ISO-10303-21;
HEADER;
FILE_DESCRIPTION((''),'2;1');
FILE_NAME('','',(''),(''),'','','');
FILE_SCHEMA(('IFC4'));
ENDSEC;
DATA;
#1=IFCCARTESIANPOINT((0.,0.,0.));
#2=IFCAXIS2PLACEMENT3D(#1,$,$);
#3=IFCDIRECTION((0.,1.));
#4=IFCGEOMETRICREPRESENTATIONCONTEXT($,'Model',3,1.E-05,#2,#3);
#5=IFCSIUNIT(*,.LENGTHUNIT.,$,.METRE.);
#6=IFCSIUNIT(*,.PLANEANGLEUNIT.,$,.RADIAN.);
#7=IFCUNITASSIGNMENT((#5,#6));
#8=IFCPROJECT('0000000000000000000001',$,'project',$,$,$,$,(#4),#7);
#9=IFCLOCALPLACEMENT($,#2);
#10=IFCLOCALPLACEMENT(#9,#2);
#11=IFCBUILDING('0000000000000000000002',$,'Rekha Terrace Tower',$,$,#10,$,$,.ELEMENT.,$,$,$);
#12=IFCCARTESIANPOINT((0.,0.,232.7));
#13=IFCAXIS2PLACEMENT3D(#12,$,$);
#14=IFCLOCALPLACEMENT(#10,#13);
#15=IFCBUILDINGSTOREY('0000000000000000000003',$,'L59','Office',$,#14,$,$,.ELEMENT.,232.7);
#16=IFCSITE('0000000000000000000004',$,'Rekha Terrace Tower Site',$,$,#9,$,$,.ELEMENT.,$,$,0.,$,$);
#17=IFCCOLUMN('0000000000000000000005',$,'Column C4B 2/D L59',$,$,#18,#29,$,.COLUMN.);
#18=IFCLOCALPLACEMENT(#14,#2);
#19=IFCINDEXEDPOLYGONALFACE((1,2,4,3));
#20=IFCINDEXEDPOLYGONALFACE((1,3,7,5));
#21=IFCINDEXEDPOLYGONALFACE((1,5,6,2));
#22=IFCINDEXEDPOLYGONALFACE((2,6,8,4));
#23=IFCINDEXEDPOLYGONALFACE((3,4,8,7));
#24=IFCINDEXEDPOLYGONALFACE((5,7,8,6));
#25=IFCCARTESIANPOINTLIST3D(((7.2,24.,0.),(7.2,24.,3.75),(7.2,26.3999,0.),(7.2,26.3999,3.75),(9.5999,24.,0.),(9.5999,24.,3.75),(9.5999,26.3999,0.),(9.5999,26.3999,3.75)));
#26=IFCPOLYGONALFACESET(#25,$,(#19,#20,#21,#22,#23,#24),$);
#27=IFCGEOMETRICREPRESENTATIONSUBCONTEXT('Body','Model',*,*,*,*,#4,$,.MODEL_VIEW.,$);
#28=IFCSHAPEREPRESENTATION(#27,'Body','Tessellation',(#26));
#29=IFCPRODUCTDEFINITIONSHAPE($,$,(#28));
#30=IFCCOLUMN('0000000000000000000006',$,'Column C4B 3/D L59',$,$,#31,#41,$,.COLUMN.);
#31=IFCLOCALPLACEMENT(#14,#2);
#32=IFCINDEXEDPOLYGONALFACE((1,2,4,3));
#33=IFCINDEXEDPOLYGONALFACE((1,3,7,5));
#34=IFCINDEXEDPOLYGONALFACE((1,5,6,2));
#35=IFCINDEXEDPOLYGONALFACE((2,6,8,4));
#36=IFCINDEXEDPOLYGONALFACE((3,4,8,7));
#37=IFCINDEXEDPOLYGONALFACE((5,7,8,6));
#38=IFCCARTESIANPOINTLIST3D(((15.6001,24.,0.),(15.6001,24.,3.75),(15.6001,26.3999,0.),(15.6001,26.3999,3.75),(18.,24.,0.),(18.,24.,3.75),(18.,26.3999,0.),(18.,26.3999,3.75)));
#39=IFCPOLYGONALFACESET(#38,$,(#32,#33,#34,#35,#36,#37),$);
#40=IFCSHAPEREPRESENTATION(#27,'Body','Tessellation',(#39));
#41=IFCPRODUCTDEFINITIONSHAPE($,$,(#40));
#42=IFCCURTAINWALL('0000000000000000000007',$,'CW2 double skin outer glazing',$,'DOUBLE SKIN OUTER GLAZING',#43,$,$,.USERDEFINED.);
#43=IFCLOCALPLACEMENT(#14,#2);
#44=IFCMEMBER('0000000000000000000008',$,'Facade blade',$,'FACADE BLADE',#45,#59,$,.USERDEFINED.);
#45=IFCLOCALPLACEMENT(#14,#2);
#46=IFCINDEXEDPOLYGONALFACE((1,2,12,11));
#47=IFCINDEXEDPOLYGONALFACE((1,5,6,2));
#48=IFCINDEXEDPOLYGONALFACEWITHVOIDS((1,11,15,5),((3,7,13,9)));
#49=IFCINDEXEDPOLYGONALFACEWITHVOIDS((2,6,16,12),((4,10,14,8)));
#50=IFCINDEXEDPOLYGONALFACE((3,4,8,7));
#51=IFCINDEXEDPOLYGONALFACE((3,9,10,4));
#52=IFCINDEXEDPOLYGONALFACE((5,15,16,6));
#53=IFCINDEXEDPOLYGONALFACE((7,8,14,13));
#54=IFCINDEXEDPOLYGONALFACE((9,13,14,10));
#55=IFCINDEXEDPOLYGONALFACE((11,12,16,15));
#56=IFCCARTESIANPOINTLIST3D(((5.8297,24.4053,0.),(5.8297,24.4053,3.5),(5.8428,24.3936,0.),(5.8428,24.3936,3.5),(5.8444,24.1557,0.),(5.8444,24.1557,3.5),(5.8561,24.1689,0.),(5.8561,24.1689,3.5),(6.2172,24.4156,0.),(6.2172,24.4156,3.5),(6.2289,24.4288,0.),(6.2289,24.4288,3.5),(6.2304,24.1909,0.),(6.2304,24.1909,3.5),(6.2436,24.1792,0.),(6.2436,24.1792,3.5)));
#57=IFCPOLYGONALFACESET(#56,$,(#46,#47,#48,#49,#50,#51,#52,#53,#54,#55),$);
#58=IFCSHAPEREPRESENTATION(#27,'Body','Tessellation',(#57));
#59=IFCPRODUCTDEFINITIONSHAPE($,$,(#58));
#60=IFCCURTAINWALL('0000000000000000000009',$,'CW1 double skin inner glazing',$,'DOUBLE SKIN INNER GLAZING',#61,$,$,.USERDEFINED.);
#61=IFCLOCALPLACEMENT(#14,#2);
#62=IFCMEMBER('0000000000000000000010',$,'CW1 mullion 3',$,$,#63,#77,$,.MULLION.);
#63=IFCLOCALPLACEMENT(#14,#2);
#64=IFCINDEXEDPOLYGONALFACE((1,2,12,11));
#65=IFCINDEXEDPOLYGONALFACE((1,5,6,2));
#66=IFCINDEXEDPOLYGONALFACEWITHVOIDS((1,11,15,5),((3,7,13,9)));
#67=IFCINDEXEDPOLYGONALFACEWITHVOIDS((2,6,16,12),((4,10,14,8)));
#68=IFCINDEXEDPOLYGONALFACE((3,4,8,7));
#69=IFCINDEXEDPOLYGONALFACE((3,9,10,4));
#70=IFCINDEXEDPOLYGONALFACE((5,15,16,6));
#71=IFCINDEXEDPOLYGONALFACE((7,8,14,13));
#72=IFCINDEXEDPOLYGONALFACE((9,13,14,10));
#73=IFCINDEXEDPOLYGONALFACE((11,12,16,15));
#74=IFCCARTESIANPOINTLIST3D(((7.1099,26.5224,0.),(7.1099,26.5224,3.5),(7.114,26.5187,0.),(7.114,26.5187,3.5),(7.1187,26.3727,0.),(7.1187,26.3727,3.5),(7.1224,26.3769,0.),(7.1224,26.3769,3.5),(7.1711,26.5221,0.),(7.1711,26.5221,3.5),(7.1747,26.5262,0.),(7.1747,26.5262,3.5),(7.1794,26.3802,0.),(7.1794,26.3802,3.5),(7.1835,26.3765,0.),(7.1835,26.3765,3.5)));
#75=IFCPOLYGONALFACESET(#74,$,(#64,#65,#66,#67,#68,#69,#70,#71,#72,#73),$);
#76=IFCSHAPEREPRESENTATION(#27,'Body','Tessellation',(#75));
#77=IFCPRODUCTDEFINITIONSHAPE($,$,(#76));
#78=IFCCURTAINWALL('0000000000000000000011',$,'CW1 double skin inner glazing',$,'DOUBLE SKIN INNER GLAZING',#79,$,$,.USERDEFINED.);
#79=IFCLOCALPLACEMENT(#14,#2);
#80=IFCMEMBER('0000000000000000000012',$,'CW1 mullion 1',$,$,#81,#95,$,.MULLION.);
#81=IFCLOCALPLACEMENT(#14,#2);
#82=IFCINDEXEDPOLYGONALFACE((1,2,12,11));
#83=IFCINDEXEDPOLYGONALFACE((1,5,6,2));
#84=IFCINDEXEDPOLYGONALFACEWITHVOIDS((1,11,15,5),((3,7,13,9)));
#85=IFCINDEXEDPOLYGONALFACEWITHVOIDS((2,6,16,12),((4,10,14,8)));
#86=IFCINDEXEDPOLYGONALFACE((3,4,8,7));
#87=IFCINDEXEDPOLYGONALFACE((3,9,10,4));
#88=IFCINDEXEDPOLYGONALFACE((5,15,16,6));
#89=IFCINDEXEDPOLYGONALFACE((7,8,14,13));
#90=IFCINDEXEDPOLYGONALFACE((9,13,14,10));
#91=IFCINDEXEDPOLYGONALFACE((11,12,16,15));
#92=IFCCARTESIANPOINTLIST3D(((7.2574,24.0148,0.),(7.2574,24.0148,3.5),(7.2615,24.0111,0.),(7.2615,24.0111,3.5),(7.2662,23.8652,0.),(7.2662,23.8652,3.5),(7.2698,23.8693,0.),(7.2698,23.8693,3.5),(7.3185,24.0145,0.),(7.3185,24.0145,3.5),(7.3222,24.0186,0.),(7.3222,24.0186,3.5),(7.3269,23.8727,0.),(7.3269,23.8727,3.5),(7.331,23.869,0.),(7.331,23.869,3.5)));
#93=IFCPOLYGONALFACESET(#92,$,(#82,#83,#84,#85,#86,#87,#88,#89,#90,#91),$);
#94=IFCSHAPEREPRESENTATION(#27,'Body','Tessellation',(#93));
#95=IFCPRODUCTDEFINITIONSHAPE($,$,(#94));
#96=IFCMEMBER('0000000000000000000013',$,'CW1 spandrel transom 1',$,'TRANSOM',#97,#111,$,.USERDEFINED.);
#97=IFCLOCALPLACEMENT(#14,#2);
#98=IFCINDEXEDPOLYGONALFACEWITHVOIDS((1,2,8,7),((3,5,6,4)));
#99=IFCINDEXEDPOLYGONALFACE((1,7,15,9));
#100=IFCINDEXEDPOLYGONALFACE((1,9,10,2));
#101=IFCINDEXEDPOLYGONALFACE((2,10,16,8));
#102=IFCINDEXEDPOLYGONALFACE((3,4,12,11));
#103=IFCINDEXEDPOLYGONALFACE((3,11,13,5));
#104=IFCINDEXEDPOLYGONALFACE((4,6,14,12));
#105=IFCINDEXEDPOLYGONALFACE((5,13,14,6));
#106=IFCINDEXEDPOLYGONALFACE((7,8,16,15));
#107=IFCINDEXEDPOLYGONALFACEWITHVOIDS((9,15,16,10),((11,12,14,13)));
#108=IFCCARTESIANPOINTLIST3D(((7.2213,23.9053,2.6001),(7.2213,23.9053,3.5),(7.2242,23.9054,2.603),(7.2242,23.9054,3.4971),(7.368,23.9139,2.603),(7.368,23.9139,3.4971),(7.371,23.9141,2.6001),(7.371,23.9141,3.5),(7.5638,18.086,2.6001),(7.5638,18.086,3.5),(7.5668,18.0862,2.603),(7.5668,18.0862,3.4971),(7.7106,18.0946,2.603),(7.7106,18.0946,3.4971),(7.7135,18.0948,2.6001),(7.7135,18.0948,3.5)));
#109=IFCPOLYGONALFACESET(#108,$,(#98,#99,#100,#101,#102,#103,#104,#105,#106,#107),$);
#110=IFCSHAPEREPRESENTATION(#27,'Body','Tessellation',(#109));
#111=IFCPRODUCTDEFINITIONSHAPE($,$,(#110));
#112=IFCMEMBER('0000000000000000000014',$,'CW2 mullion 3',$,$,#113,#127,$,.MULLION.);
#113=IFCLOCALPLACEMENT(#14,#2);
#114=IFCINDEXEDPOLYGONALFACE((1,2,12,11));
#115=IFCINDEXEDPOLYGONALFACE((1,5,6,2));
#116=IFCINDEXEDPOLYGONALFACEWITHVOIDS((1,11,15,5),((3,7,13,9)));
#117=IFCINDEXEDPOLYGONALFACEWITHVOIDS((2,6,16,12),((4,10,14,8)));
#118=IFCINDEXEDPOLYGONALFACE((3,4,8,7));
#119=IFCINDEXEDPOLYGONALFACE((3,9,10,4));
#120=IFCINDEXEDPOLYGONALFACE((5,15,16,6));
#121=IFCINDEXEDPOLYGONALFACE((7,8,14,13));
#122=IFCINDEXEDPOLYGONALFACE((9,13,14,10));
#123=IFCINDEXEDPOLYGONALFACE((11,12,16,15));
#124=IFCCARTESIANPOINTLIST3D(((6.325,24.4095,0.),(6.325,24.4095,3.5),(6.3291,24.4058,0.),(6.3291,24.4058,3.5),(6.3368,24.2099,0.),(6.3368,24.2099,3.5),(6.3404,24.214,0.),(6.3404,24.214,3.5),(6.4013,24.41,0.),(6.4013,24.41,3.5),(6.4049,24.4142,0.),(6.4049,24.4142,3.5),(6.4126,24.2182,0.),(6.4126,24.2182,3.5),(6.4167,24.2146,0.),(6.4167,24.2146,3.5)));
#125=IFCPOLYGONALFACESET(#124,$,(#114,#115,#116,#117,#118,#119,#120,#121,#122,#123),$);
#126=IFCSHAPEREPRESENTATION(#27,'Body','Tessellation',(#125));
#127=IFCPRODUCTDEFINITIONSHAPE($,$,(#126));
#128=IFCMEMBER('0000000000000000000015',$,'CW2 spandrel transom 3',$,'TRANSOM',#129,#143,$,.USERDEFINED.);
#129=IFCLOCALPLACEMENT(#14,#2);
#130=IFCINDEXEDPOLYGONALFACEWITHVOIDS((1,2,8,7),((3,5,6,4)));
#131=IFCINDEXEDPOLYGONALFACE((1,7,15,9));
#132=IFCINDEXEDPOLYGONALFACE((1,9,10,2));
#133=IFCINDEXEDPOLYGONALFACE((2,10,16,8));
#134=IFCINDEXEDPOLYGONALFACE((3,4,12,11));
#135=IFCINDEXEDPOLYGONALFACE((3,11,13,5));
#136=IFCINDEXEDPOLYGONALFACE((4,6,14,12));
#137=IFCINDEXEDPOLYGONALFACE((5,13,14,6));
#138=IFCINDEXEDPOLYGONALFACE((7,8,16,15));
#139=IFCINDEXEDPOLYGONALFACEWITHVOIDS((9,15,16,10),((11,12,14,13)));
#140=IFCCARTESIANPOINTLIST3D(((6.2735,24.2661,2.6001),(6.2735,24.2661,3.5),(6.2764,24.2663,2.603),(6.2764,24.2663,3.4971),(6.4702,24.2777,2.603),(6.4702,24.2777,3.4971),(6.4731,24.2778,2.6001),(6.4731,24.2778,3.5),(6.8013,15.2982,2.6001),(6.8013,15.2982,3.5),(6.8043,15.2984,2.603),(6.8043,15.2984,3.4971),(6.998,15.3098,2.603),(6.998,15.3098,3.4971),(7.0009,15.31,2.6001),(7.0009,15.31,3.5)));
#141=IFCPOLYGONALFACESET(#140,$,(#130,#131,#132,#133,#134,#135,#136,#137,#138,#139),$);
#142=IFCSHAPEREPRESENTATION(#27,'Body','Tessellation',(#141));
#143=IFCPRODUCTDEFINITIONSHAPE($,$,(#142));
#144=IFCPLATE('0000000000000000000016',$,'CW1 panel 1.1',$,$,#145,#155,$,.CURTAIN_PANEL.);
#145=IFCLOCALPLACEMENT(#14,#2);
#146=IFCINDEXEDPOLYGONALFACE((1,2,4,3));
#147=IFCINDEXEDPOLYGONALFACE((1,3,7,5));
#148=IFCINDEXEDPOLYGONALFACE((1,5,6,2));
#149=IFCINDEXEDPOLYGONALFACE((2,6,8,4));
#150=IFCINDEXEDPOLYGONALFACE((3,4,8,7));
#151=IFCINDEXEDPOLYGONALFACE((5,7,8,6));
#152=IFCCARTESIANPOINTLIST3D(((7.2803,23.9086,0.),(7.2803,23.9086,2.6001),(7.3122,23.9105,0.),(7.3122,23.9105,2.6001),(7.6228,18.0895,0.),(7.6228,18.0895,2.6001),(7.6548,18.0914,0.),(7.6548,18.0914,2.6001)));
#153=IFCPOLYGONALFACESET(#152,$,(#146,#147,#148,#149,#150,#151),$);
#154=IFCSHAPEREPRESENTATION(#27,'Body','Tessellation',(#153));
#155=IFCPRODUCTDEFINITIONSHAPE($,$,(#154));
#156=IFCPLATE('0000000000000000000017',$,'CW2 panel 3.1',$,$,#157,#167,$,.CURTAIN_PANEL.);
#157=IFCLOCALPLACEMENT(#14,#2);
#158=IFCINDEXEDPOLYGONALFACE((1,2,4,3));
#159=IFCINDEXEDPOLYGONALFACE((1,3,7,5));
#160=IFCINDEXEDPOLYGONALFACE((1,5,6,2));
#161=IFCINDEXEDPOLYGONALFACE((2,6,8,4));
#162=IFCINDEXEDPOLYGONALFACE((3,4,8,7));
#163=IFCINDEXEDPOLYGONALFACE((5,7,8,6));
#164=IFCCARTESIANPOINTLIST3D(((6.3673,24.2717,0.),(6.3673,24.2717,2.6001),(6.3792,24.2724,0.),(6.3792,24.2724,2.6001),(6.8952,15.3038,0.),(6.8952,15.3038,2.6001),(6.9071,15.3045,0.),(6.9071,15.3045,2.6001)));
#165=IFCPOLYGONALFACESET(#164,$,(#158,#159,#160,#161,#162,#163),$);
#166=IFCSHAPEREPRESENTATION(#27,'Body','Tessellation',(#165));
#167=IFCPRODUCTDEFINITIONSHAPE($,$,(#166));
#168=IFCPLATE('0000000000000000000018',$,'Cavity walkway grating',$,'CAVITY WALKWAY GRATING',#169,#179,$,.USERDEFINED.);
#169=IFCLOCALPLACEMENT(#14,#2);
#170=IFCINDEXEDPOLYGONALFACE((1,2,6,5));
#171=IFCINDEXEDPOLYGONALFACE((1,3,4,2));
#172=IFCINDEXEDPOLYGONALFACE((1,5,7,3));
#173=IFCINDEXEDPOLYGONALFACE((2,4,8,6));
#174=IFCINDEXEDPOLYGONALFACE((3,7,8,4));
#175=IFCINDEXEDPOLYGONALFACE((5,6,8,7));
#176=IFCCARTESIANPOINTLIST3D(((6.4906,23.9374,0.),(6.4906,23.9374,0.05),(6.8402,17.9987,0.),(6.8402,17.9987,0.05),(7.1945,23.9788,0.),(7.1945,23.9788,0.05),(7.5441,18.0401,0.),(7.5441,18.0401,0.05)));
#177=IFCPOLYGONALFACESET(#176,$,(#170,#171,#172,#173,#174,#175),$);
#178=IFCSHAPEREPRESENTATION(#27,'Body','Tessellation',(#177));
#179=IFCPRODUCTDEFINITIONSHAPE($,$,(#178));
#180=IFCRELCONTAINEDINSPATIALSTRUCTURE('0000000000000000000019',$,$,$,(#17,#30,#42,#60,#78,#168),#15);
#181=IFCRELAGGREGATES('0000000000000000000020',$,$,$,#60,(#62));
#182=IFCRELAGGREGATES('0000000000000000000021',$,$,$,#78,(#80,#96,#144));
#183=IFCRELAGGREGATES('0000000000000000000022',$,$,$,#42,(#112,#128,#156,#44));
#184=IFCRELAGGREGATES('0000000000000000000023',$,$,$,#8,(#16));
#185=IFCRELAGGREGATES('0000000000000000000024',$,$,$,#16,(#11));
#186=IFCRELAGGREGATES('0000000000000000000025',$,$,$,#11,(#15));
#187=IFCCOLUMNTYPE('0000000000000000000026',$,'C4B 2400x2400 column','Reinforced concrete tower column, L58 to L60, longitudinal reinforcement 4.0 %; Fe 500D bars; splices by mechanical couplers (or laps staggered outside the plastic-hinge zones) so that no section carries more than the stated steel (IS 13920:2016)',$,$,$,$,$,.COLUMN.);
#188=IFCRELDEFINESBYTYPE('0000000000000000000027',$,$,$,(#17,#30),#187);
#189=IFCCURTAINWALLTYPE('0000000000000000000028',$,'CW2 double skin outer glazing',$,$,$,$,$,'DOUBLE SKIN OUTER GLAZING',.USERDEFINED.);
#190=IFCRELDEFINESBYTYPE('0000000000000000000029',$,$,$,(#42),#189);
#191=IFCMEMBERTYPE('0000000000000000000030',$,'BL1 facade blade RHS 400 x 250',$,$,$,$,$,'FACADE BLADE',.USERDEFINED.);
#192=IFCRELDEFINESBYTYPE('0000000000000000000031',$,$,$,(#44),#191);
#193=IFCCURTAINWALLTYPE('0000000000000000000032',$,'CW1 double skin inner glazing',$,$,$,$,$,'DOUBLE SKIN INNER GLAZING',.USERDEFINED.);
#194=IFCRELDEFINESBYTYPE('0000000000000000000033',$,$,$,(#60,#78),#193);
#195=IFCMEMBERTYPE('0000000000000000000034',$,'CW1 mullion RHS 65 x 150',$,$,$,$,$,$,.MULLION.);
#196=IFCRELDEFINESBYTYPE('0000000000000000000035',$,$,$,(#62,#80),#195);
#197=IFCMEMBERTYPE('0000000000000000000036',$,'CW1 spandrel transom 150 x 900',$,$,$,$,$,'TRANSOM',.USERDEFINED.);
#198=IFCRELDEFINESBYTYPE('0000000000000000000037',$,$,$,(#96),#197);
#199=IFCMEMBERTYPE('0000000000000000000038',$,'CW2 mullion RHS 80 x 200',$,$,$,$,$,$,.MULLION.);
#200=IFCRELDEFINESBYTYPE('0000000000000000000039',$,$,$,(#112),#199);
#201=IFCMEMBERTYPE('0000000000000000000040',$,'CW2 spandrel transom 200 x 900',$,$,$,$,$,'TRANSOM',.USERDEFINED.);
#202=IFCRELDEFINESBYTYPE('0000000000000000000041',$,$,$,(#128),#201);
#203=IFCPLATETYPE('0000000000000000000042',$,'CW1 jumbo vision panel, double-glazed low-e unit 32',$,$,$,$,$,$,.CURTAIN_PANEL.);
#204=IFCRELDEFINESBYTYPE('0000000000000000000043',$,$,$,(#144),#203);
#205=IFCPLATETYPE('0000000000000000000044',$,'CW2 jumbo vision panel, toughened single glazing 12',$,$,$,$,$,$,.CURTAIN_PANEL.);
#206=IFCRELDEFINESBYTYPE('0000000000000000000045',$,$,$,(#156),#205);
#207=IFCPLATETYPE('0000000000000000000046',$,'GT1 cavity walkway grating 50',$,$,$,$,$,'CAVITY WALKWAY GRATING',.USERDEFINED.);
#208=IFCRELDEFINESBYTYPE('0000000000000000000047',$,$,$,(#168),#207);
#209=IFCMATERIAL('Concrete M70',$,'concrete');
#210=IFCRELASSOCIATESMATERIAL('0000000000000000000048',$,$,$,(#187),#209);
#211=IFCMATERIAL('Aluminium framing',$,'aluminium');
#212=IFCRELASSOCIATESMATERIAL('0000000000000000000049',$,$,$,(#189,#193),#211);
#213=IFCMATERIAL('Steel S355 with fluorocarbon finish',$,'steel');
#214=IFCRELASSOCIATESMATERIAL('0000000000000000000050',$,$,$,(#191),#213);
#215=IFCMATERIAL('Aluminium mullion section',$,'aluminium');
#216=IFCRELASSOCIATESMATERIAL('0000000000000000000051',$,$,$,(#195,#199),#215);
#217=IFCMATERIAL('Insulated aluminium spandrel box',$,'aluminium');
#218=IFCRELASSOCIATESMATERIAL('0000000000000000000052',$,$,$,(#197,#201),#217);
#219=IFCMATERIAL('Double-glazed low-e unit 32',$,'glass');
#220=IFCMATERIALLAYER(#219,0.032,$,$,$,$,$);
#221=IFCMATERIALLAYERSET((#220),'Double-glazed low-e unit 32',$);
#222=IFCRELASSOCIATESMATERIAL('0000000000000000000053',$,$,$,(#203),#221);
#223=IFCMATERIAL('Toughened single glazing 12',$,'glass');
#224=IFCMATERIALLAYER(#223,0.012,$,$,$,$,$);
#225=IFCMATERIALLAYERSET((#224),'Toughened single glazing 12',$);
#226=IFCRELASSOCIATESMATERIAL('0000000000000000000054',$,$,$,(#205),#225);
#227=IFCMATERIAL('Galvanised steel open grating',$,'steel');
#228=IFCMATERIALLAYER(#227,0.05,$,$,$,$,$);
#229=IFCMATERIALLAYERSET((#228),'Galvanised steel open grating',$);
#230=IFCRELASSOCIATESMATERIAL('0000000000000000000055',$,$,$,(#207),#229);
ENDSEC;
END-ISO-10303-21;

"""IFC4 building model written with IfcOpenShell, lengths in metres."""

from ifc_helpers import new_model, si_unit, direction, frame, origin, origin_2d, place, context, subcontext, project, spatial, rectangle, hollow_rectangle, extrude, material, layer, layer_set, material_profile, profile_set, type_object, element, aggregate, save


model = new_model("IFC4")

# Units and contexts
model_context = context("Model", 3, precision=1e-05, world=origin(), true_north=direction((0.0, 1.0)))
body_context = subcontext(model_context, "Body", "Model", "MODEL_VIEW")
ifc_project = project(units=[si_unit("LENGTHUNIT", "METRE"), si_unit("PLANEANGLEUNIT", "RADIAN")], contexts=[model_context])

# Site, building, storey
site_placement = place(None, origin())
site = spatial("IfcSite", under=ifc_project, at=site_placement, Name="Rekha Terrace Tower Site", CompositionType="ELEMENT", RefElevation=0.0)
building_placement = place(site_placement, origin())
building = spatial("IfcBuilding", under=site, at=building_placement, Name="Rekha Terrace Tower", CompositionType="ELEMENT")
storey_placement = place(building_placement, frame((0.0, 0.0, 232.7)))
storey = spatial("IfcBuildingStorey", under=building, at=storey_placement, Name="L59", Description="Office", CompositionType="ELEMENT", Elevation=232.7)

# Columns
ifc_material_1 = material(Name="Concrete M70", Category="concrete")
ifc_material_profile_1 = material_profile(ifc_material_1, rectangle(XDim=2.3999, YDim=2.3999, at=origin_2d()), Name="RC 2400x2400")
ifc_profile_set_1 = profile_set([ifc_material_profile_1], Name="Concrete M70")
column_type = type_object("IfcColumnType", Name="C4B 2400x2400 column", Description="Reinforced concrete tower column, L58 to L60, longitudinal reinforcement 4.0 %; Fe 500D bars; splices by mechanical couplers (or laps staggered outside the plastic-hinge zones) so that no section carries more than the stated steel (IS 13920:2016)", PredefinedType="COLUMN", material=ifc_profile_set_1)
for number, where, z_axis, x_axis, name in (
    (1, (8.3999, 25.2, 0.0), (0.0, 0.0, 1.0), (1.0, 0.0, 0.0), "Column C4B 2/D L59"),
    (2, (16.8, 25.2, 0.0), (0.0, 0.0, 1.0), (1.0, 0.0, 0.0), "Column C4B 3/D L59"),
):
    element("IfcColumn", number, at=place(storey_placement, frame(where, z_axis=z_axis, x_axis=x_axis)), inside=storey, type_object=column_type, Name=name, PredefinedType="COLUMN", context=body_context, shape_type="SweptSolid", body=[
        extrude(rectangle(XDim=2.3999, YDim=2.3999, at=origin_2d()), origin(), (0.0, 0.0, 1.0), 3.75),
    ])

# Curtain walls, members
ifc_material_2 = material(Name="Aluminium framing", Category="aluminium")
curtain_wall_type_1 = type_object("IfcCurtainWallType", Name="CW2 double skin outer glazing", ElementType="DOUBLE SKIN OUTER GLAZING", PredefinedType="USERDEFINED", material=ifc_material_2)
curtain_wall_1_placement = place(storey_placement, origin())
curtain_wall_1 = element("IfcCurtainWall", 3, at=curtain_wall_1_placement, inside=storey, type_object=curtain_wall_type_1, Name="CW2 double skin outer glazing", ObjectType="DOUBLE SKIN OUTER GLAZING", PredefinedType="USERDEFINED")
ifc_material_3 = material(Name="Steel S355 with fluorocarbon finish", Category="steel")
ifc_material_profile_2 = material_profile(ifc_material_3, hollow_rectangle(XDim=0.25, YDim=0.3999, WallThickness=0.0125, at=origin_2d()), Name="RHS400x250x12.5")
ifc_profile_set_2 = profile_set([ifc_material_profile_2], Name="Steel S355 with fluorocarbon finish")
member_type_1 = type_object("IfcMemberType", Name="BL1 facade blade RHS 400 x 250", ElementType="FACADE BLADE", PredefinedType="USERDEFINED", material=ifc_profile_set_2)
member_1_placement = place(storey_placement, frame((6.0366, 24.2922, 0.0), z_axis=(0.0, 0.0, 1.0), x_axis=(0.058765, -0.998272, 0.0)))
member_1 = element("IfcMember", 4, at=member_1_placement, type_object=member_type_1, Name="Facade blade", ObjectType="FACADE BLADE", PredefinedType="USERDEFINED", context=body_context, shape_type="SweptSolid", body=[
    extrude(hollow_rectangle(XDim=0.25, YDim=0.3999, WallThickness=0.0125, at=origin_2d()), origin(), (0.0, 0.0, 1.0), 3.5),
])
curtain_wall_type_2 = type_object("IfcCurtainWallType", Name="CW1 double skin inner glazing", ElementType="DOUBLE SKIN INNER GLAZING", PredefinedType="USERDEFINED", material=ifc_material_2)
curtain_wall_2_placement = place(storey_placement, origin())
curtain_wall_2 = element("IfcCurtainWall", 5, at=curtain_wall_2_placement, inside=storey, type_object=curtain_wall_type_2, Name="CW1 double skin inner glazing", ObjectType="DOUBLE SKIN INNER GLAZING", PredefinedType="USERDEFINED")
ifc_material_4 = material(Name="Aluminium mullion section", Category="aluminium")
ifc_material_profile_3 = material_profile(ifc_material_4, hollow_rectangle(XDim=0.0649, YDim=0.1499, WallThickness=0.0039, at=origin_2d()), Name="AL RHS 65x150")
ifc_profile_set_3 = profile_set([ifc_material_profile_3], Name="Aluminium mullion section")
member_type_2 = type_object("IfcMemberType", Name="CW1 mullion RHS 65 x 150", PredefinedType="MULLION", material=ifc_profile_set_3)
member_2_placement = place(storey_placement, frame((7.1467, 26.4495, 0.0), z_axis=(0.0, 0.0, 1.0), x_axis=(0.998272, 0.058765, 0.0)))
member_2 = element("IfcMember", 6, at=member_2_placement, type_object=member_type_2, Name="CW1 mullion 3", PredefinedType="MULLION", context=body_context, shape_type="SweptSolid", body=[
    extrude(hollow_rectangle(XDim=0.0649, YDim=0.1499, WallThickness=0.0039, at=origin_2d()), origin(), (0.0, 0.0, 1.0), 3.5),
])
aggregate(curtain_wall_2, [member_2])

# Curtain wall, members
curtain_wall_3_placement = place(storey_placement, origin())
curtain_wall_3 = element("IfcCurtainWall", 7, at=curtain_wall_3_placement, inside=storey, type_object=curtain_wall_type_2, Name="CW1 double skin inner glazing", ObjectType="DOUBLE SKIN INNER GLAZING", PredefinedType="USERDEFINED")
member_3_placement = place(storey_placement, frame((7.2942, 23.9419, 0.0), z_axis=(0.0, 0.0, 1.0), x_axis=(0.998272, 0.058765, 0.0)))
member_3 = element("IfcMember", 8, at=member_3_placement, type_object=member_type_2, Name="CW1 mullion 1", PredefinedType="MULLION", context=body_context, shape_type="SweptSolid", body=[
    extrude(hollow_rectangle(XDim=0.0649, YDim=0.1499, WallThickness=0.0039, at=origin_2d()), origin(), (0.0, 0.0, 1.0), 3.5),
])
ifc_material_5 = material(Name="Insulated aluminium spandrel box", Category="aluminium")
ifc_material_profile_4 = material_profile(ifc_material_5, hollow_rectangle(XDim=0.1499, YDim=0.8999, WallThickness=0.0029, at=origin_2d()), Name="AL SPANDREL BOX 150x900")
ifc_profile_set_4 = profile_set([ifc_material_profile_4], Name="Insulated aluminium spandrel box")
member_type_3 = type_object("IfcMemberType", Name="CW1 spandrel transom 150 x 900", ElementType="TRANSOM", PredefinedType="USERDEFINED", material=ifc_profile_set_4)
member_4_placement = place(storey_placement, frame((7.2961, 23.9097, 3.05), z_axis=(0.058759, -0.998272, 0.0), x_axis=(0.998272, 0.058759, 0.0)))
member_4 = element("IfcMember", 9, at=member_4_placement, type_object=member_type_3, Name="CW1 spandrel transom 1", ObjectType="TRANSOM", PredefinedType="USERDEFINED", context=body_context, shape_type="SweptSolid", body=[
    extrude(hollow_rectangle(XDim=0.1499, YDim=0.8999, WallThickness=0.0029, at=origin_2d()), origin(), (0.0, 0.0, 1.0), 5.8293),
])

# Members
ifc_material_profile_5 = material_profile(ifc_material_4, hollow_rectangle(XDim=0.0801, YDim=0.2, WallThickness=0.0039, at=origin_2d()), Name="AL RHS 80x200")
ifc_profile_set_5 = profile_set([ifc_material_profile_5], Name="Aluminium mullion section")
member_type_4 = type_object("IfcMemberType", Name="CW2 mullion RHS 80 x 200", PredefinedType="MULLION", material=ifc_profile_set_5)
member_5_placement = place(storey_placement, frame((6.3708, 24.312, 0.0), z_axis=(0.0, 0.0, 1.0), x_axis=(0.998272, 0.058765, 0.0)))
member_5 = element("IfcMember", 10, at=member_5_placement, type_object=member_type_4, Name="CW2 mullion 3", PredefinedType="MULLION", context=body_context, shape_type="SweptSolid", body=[
    extrude(hollow_rectangle(XDim=0.0801, YDim=0.2, WallThickness=0.0039, at=origin_2d()), origin(), (0.0, 0.0, 1.0), 3.5),
])
ifc_material_profile_6 = material_profile(ifc_material_5, hollow_rectangle(XDim=0.2, YDim=0.8999, WallThickness=0.0029, at=origin_2d()), Name="AL SPANDREL BOX 200x900")
ifc_profile_set_6 = profile_set([ifc_material_profile_6], Name="Insulated aluminium spandrel box")
member_type_5 = type_object("IfcMemberType", Name="CW2 spandrel transom 200 x 900", ElementType="TRANSOM", PredefinedType="USERDEFINED", material=ifc_profile_set_6)
member_6_placement = place(storey_placement, frame((6.3733, 24.272, 3.05), z_axis=(0.058757, -0.998272, 0.0), x_axis=(0.998272, 0.058757, 0.0)))
member_6 = element("IfcMember", 11, at=member_6_placement, type_object=member_type_5, Name="CW2 spandrel transom 3", ObjectType="TRANSOM", PredefinedType="USERDEFINED", context=body_context, shape_type="SweptSolid", body=[
    extrude(hollow_rectangle(XDim=0.2, YDim=0.8999, WallThickness=0.0029, at=origin_2d()), origin(), (0.0, 0.0, 1.0), 8.9834),
])

# Plates
ifc_material_6 = material(Name="Double-glazed low-e unit 32", Category="glass")
ifc_layer_1 = layer(ifc_material_6, 0.032)
ifc_layer_set_1 = layer_set([ifc_layer_1], Name="Double-glazed low-e unit 32")
plate_type_1 = type_object("IfcPlateType", Name="CW1 jumbo vision panel, double-glazed low-e unit 32", PredefinedType="CURTAIN_PANEL", material=ifc_layer_set_1)
plate_1_placement = place(storey_placement, frame((7.4675, 21.0, 0.0), z_axis=(0.0, 0.0, 1.0), x_axis=(0.058765, -0.998272, 0.0)))
plate_1 = element("IfcPlate", 12, at=plate_1_placement, type_object=plate_type_1, Name="CW1 panel 1.1", PredefinedType="CURTAIN_PANEL", context=body_context, shape_type="SweptSolid", body=[
    extrude(rectangle(XDim=5.8291, YDim=0.032, at=origin_2d()), origin(), (0.0, 0.0, 1.0), 2.6001),
])
aggregate(curtain_wall_3, [member_3, member_4, plate_1])
ifc_material_7 = material(Name="Toughened single glazing 12", Category="glass")
ifc_layer_2 = layer(ifc_material_7, 0.012)
ifc_layer_set_2 = layer_set([ifc_layer_2], Name="Toughened single glazing 12")
plate_type_2 = type_object("IfcPlateType", Name="CW2 jumbo vision panel, toughened single glazing 12", PredefinedType="CURTAIN_PANEL", material=ifc_layer_set_2)
plate_2_placement = place(storey_placement, frame((6.6372, 19.7881, 0.0), z_axis=(0.0, 0.0, 1.0), x_axis=(0.058765, -0.998272, 0.0)))
plate_2 = element("IfcPlate", 13, at=plate_2_placement, type_object=plate_type_2, Name="CW2 panel 3.1", PredefinedType="CURTAIN_PANEL", context=body_context, shape_type="SweptSolid", body=[
    extrude(rectangle(XDim=8.9834, YDim=0.012, at=origin_2d()), origin(), (0.0, 0.0, 1.0), 2.6001),
])
aggregate(curtain_wall_1, [member_5, member_6, plate_2, member_1])
ifc_material_8 = material(Name="Galvanised steel open grating", Category="steel")
ifc_layer_3 = layer(ifc_material_8, 0.05)
ifc_layer_set_3 = layer_set([ifc_layer_3], Name="Galvanised steel open grating")
plate_type_3 = type_object("IfcPlateType", Name="GT1 cavity walkway grating 50", ElementType="CAVITY WALKWAY GRATING", PredefinedType="USERDEFINED", material=ifc_layer_set_3)
plate_3_placement = place(storey_placement, frame((7.0173, 20.9888, 0.0), z_axis=(0.0, 0.0, 1.0), x_axis=(0.058765, -0.998272, 0.0)))
element("IfcPlate", 14, at=plate_3_placement, inside=storey, type_object=plate_type_3, Name="Cavity walkway grating", ObjectType="CAVITY WALKWAY GRATING", PredefinedType="USERDEFINED", context=body_context, shape_type="SweptSolid", body=[
    extrude(rectangle(XDim=5.949, YDim=0.7051, at=origin_2d()), origin(), (0.0, 0.0, 1.0), 0.05),
])

save(model, "model.ifc")
